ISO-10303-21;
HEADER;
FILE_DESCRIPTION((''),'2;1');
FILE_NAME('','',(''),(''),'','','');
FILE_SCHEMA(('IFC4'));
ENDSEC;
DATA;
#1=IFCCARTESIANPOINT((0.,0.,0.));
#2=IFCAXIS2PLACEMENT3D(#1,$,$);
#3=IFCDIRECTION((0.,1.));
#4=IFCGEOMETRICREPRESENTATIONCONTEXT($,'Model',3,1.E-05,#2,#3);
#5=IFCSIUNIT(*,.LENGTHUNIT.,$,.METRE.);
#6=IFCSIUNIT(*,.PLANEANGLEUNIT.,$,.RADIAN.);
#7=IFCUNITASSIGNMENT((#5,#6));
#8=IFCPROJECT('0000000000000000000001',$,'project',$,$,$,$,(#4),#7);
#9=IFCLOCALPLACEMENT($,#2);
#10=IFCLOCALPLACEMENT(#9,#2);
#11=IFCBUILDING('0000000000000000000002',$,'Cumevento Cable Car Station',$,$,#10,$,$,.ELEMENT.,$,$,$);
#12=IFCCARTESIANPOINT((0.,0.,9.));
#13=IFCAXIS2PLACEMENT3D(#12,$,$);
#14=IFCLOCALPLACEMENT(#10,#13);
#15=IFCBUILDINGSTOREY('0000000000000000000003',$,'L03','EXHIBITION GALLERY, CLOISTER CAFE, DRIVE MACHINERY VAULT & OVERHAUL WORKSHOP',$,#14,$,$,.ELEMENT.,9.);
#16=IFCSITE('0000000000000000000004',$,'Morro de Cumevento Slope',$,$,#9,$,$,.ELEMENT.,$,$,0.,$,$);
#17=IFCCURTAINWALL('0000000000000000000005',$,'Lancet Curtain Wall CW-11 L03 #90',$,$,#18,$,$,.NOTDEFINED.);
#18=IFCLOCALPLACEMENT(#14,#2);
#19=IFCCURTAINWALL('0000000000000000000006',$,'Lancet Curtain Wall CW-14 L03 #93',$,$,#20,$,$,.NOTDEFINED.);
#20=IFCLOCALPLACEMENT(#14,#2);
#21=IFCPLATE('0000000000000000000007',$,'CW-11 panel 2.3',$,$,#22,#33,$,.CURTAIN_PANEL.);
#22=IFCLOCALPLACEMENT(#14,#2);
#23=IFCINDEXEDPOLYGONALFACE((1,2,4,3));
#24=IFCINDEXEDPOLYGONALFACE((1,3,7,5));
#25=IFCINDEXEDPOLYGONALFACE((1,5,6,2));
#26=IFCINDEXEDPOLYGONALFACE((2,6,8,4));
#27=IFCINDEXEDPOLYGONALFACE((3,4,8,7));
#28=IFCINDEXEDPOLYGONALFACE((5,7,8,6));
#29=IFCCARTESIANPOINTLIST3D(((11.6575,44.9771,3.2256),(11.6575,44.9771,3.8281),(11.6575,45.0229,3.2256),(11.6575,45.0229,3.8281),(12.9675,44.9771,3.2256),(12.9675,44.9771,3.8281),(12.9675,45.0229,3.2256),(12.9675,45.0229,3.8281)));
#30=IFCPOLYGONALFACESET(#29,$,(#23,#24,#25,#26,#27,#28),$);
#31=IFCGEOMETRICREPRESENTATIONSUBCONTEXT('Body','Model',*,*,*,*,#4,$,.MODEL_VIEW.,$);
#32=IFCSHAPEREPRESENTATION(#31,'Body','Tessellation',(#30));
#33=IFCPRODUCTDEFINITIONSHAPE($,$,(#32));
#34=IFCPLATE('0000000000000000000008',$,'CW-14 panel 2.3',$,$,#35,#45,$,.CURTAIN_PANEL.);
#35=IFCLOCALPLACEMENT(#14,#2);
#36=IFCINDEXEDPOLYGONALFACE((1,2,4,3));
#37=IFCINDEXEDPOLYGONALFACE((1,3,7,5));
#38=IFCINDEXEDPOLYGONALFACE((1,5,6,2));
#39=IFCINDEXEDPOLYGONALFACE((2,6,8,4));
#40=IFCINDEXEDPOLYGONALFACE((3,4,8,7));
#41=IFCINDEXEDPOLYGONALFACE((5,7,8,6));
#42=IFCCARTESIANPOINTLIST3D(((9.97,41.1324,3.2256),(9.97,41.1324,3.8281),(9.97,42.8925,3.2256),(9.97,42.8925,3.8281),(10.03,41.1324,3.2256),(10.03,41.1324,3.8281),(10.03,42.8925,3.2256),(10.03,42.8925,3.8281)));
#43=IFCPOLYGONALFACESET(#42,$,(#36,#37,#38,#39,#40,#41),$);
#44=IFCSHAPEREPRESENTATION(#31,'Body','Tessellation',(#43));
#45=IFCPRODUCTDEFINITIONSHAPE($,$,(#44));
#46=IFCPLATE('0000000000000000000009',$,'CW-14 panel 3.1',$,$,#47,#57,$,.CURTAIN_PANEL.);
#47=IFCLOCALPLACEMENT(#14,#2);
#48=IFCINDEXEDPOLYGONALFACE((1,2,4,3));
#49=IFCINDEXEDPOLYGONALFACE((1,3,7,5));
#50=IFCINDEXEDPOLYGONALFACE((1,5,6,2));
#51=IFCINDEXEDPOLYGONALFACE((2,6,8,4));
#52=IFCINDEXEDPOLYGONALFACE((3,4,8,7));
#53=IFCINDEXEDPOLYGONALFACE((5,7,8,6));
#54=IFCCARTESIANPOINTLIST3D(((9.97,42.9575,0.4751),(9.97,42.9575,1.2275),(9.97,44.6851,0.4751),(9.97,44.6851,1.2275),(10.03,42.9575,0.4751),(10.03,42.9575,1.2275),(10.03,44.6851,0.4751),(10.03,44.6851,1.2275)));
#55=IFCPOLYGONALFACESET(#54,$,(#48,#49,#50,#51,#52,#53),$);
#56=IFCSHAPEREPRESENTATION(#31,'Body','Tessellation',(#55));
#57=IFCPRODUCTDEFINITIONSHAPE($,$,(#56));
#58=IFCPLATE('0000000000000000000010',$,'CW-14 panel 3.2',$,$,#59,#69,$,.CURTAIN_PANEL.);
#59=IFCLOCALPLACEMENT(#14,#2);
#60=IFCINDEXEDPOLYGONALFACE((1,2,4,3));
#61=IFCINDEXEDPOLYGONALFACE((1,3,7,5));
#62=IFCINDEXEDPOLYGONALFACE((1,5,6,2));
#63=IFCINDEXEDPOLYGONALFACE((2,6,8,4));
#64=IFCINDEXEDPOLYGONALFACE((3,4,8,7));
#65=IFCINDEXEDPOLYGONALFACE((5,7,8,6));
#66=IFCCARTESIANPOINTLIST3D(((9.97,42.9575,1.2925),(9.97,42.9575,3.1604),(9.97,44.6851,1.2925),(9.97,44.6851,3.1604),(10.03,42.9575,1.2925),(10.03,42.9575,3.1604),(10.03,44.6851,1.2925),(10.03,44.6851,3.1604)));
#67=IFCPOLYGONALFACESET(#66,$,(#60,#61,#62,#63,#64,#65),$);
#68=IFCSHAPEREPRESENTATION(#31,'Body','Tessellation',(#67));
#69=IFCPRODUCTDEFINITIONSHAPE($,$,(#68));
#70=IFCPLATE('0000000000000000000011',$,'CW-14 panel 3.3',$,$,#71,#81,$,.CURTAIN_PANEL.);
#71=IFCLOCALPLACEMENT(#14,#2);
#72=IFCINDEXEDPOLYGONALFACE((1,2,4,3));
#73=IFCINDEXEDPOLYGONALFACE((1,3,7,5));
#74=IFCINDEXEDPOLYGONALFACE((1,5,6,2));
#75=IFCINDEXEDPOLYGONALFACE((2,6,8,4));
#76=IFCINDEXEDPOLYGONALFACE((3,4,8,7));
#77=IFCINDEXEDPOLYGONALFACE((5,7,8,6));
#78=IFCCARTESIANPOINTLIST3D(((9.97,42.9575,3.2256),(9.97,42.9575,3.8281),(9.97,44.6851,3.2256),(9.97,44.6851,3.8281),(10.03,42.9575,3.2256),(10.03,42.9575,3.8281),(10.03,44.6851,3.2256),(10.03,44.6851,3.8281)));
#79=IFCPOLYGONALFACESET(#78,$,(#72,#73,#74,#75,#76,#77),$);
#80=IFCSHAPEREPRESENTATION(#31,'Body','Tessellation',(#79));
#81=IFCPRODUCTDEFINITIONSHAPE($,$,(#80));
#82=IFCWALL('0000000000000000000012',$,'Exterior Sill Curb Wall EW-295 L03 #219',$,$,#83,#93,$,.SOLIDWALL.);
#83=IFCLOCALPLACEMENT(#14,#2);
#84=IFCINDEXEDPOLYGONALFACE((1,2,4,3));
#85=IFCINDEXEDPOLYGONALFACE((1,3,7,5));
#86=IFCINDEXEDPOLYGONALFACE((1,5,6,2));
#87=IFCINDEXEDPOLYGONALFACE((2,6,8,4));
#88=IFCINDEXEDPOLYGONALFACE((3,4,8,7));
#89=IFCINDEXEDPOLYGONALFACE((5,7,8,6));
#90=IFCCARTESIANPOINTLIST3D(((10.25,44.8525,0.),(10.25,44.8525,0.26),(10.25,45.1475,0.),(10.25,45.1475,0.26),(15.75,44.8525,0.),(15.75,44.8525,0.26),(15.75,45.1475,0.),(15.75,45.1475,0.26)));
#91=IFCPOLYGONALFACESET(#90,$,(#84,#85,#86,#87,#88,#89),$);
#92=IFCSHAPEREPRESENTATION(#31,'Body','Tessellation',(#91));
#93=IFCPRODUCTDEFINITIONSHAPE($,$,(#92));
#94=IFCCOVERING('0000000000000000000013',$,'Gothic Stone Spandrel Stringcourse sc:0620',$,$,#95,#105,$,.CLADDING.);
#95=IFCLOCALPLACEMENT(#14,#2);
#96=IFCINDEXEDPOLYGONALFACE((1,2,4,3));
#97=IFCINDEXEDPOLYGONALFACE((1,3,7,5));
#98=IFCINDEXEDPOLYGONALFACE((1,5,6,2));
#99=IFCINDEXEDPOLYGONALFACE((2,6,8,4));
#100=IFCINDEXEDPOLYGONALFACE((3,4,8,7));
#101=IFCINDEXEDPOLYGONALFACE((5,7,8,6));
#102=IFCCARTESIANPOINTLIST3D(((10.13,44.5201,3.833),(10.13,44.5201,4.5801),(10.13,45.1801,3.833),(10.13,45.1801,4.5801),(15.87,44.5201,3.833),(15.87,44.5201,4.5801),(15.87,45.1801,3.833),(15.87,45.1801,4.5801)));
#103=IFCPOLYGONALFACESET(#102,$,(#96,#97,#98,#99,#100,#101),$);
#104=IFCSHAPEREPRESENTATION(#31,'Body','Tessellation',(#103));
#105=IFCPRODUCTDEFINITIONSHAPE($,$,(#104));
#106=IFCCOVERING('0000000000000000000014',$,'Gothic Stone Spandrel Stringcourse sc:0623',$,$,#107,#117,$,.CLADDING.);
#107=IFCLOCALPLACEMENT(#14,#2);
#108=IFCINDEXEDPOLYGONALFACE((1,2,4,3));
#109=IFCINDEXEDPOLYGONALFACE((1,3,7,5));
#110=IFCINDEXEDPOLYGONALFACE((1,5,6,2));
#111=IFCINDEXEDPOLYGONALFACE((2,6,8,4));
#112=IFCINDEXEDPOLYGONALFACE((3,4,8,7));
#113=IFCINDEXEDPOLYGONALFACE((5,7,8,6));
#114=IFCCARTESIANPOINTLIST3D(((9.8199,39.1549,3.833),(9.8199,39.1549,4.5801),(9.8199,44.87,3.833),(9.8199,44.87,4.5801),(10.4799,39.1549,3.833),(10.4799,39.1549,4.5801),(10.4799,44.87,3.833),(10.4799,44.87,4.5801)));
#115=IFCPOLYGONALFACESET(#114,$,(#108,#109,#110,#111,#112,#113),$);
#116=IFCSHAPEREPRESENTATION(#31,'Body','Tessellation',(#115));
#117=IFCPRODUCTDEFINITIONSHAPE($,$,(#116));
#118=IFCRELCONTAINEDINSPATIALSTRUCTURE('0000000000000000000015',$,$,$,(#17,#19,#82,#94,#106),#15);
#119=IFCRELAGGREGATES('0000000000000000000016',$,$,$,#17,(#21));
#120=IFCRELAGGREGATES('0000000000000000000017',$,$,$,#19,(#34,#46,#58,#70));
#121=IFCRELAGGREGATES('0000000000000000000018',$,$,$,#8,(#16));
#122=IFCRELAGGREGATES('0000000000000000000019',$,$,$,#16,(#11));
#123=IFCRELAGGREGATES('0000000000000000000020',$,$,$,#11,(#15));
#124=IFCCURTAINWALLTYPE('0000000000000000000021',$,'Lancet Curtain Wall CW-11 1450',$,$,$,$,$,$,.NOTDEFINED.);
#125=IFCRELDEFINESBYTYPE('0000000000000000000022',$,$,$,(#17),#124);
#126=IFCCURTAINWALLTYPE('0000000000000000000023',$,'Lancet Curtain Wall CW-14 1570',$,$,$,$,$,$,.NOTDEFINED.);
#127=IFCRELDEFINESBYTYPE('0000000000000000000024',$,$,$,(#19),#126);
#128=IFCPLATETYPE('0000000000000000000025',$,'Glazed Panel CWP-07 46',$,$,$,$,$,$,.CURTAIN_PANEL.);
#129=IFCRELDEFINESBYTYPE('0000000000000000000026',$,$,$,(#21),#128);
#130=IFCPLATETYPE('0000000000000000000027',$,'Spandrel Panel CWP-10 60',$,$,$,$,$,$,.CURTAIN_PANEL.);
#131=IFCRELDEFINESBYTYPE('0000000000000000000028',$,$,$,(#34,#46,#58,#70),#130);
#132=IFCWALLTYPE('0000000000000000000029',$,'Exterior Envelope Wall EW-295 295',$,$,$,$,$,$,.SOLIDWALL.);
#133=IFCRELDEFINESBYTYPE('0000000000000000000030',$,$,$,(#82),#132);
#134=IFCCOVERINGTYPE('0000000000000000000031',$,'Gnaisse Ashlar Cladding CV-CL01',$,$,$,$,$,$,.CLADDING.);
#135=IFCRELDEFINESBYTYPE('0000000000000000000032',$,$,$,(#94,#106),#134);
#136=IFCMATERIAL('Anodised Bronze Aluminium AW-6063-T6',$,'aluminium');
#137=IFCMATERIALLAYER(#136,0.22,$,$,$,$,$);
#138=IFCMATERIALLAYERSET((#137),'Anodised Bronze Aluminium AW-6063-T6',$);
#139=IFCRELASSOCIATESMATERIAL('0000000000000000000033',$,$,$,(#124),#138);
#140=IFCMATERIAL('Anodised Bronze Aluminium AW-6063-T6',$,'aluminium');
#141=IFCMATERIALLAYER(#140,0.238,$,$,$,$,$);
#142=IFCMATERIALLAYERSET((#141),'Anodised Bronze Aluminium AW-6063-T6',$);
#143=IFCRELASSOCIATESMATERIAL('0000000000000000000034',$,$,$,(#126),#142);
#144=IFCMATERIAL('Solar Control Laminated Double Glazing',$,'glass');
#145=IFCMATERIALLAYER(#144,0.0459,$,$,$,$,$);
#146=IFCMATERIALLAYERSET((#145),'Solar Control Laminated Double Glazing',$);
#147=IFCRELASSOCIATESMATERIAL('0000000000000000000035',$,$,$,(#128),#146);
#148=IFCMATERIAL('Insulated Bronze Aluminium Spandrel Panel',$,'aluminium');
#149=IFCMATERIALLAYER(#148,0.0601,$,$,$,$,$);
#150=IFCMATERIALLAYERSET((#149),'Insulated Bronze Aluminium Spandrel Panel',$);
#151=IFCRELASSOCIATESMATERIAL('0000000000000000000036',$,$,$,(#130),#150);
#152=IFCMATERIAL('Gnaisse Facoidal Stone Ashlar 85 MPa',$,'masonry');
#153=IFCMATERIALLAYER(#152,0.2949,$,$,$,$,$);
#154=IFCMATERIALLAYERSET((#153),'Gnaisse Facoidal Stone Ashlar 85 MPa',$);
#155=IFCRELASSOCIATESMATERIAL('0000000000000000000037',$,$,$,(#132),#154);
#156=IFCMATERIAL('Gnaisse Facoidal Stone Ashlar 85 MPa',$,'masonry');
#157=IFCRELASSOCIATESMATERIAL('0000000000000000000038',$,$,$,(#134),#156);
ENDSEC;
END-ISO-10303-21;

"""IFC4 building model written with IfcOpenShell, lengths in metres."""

from ifc_helpers import new_model, si_unit, direction, frame, frame_2d, origin, origin_2d, place, context, subcontext, project, spatial, rectangle, extrude, material, layer, layer_set, type_object, element, aggregate, save


model = new_model("IFC4")

# Units and contexts
model_context = context("Model", 3, precision=1e-05, world=origin(), true_north=direction((0.0, 1.0)))
body_context = subcontext(model_context, "Body", "Model", "MODEL_VIEW")
ifc_project = project(units=[si_unit("LENGTHUNIT", "METRE"), si_unit("PLANEANGLEUNIT", "RADIAN")], contexts=[model_context])

# Site, building, storey
site_placement = place(None, origin())
site = spatial("IfcSite", under=ifc_project, at=site_placement, Name="Morro de Cumevento Slope", CompositionType="ELEMENT", RefElevation=0.0)
building_placement = place(site_placement, origin())
building = spatial("IfcBuilding", under=site, at=building_placement, Name="Cumevento Cable Car Station", CompositionType="ELEMENT")
storey_placement = place(building_placement, frame((0.0, 0.0, 9.0)))
storey = spatial("IfcBuildingStorey", under=building, at=storey_placement, Name="L03", Description="EXHIBITION GALLERY, CLOISTER CAFE, DRIVE MACHINERY VAULT & OVERHAUL WORKSHOP", CompositionType="ELEMENT", Elevation=9.0)

# Curtain walls
ifc_material_1 = material(Name="Anodised Bronze Aluminium AW-6063-T6", Category="aluminium")
ifc_layer_1 = layer(ifc_material_1, 0.22)
ifc_layer_set_1 = layer_set([ifc_layer_1], Name="Anodised Bronze Aluminium AW-6063-T6")
curtain_wall_type_1 = type_object("IfcCurtainWallType", Name="Lancet Curtain Wall CW-11 1450", PredefinedType="NOTDEFINED", material=ifc_layer_set_1)
curtain_wall_1_placement = place(storey_placement, origin())
curtain_wall_1 = element("IfcCurtainWall", 1, at=curtain_wall_1_placement, inside=storey, type_object=curtain_wall_type_1, Name="Lancet Curtain Wall CW-11 L03 #90", PredefinedType="NOTDEFINED")
ifc_material_2 = material(Name="Anodised Bronze Aluminium AW-6063-T6", Category="aluminium")
ifc_layer_2 = layer(ifc_material_2, 0.238)
ifc_layer_set_2 = layer_set([ifc_layer_2], Name="Anodised Bronze Aluminium AW-6063-T6")
curtain_wall_type_2 = type_object("IfcCurtainWallType", Name="Lancet Curtain Wall CW-14 1570", PredefinedType="NOTDEFINED", material=ifc_layer_set_2)
curtain_wall_2_placement = place(storey_placement, origin())
curtain_wall_2 = element("IfcCurtainWall", 2, at=curtain_wall_2_placement, inside=storey, type_object=curtain_wall_type_2, Name="Lancet Curtain Wall CW-14 L03 #93", PredefinedType="NOTDEFINED")

# Plates
ifc_material_3 = material(Name="Solar Control Laminated Double Glazing", Category="glass")
ifc_layer_3 = layer(ifc_material_3, 0.0459)
ifc_layer_set_3 = layer_set([ifc_layer_3], Name="Solar Control Laminated Double Glazing")
plate_type_1 = type_object("IfcPlateType", Name="Glazed Panel CWP-07 46", PredefinedType="CURTAIN_PANEL", material=ifc_layer_set_3)
plate_1_placement = place(storey_placement, frame((12.3125, 45.0, 3.2256), z_axis=(0.0, 0.0, 1.0), x_axis=(1.0, 0.0, 0.0)))
plate_1 = element("IfcPlate", 3, at=plate_1_placement, type_object=plate_type_1, Name="CW-11 panel 2.3", PredefinedType="CURTAIN_PANEL", context=body_context, shape_type="SweptSolid", body=[
    extrude(rectangle(XDim=1.3101, YDim=0.0459, at=origin_2d()), origin(), (0.0, 0.0, 1.0), 0.6025),
])
aggregate(curtain_wall_1, [plate_1])
ifc_material_4 = material(Name="Insulated Bronze Aluminium Spandrel Panel", Category="aluminium")
ifc_layer_4 = layer(ifc_material_4, 0.0601)
ifc_layer_set_4 = layer_set([ifc_layer_4], Name="Insulated Bronze Aluminium Spandrel Panel")
plate_type_2 = type_object("IfcPlateType", Name="Spandrel Panel CWP-10 60", PredefinedType="CURTAIN_PANEL", material=ifc_layer_set_4)
plate_2_placement = place(storey_placement, frame((10.0, 42.0125, 3.2256), z_axis=(0.0, 0.0, 1.0), x_axis=(0.0, 1.0, 0.0)))
plate_2 = element("IfcPlate", 4, at=plate_2_placement, type_object=plate_type_2, Name="CW-14 panel 2.3", PredefinedType="CURTAIN_PANEL", context=body_context, shape_type="SweptSolid", body=[
    extrude(rectangle(XDim=1.76, YDim=0.0601, at=origin_2d()), origin(), (0.0, 0.0, 1.0), 0.6025),
])
plate_3_placement = place(storey_placement, frame((10.0, 43.8213, 0.4751), z_axis=(0.0, 0.0, 1.0), x_axis=(0.0, 1.0, 0.0)))
plate_3 = element("IfcPlate", 5, at=plate_3_placement, type_object=plate_type_2, Name="CW-14 panel 3.1", PredefinedType="CURTAIN_PANEL", context=body_context, shape_type="SweptSolid", body=[
    extrude(rectangle(XDim=1.7275, YDim=0.0601, at=origin_2d()), origin(), (0.0, 0.0, 1.0), 0.7524),
])
plate_4_placement = place(storey_placement, frame((10.0, 43.8213, 1.2925), z_axis=(0.0, 0.0, 1.0), x_axis=(0.0, 1.0, 0.0)))
plate_4 = element("IfcPlate", 6, at=plate_4_placement, type_object=plate_type_2, Name="CW-14 panel 3.2", PredefinedType="CURTAIN_PANEL", context=body_context, shape_type="SweptSolid", body=[
    extrude(rectangle(XDim=1.7275, YDim=0.0601, at=origin_2d()), origin(), (0.0, 0.0, 1.0), 1.8679),
])
plate_5_placement = place(storey_placement, frame((10.0, 43.8213, 3.2256), z_axis=(0.0, 0.0, 1.0), x_axis=(0.0, 1.0, 0.0)))
plate_5 = element("IfcPlate", 7, at=plate_5_placement, type_object=plate_type_2, Name="CW-14 panel 3.3", PredefinedType="CURTAIN_PANEL", context=body_context, shape_type="SweptSolid", body=[
    extrude(rectangle(XDim=1.7275, YDim=0.0601, at=origin_2d()), origin(), (0.0, 0.0, 1.0), 0.6025),
])
aggregate(curtain_wall_2, [plate_2, plate_3, plate_4, plate_5])

# Wall
ifc_material_5 = material(Name="Gnaisse Facoidal Stone Ashlar 85 MPa", Category="masonry")
ifc_layer_5 = layer(ifc_material_5, 0.2949)
ifc_layer_set_5 = layer_set([ifc_layer_5], Name="Gnaisse Facoidal Stone Ashlar 85 MPa")
wall_type = type_object("IfcWallType", Name="Exterior Envelope Wall EW-295 295", PredefinedType="SOLIDWALL", material=ifc_layer_set_5)
wall_placement = place(storey_placement, frame((10.25, 45.0, 0.0), z_axis=(0.0, 0.0, 1.0), x_axis=(1.0, 0.0, 0.0)))
element("IfcWall", 8, at=wall_placement, inside=storey, type_object=wall_type, Name="Exterior Sill Curb Wall EW-295 L03 #219", PredefinedType="SOLIDWALL", context=body_context, shape_type="SweptSolid", body=[
    extrude(rectangle(XDim=5.5, YDim=0.2949, at=frame_2d((2.75, 0.0))), origin(), (0.0, 0.0, 1.0), 0.26),
])

# Coverings
ifc_material_6 = material(Name="Gnaisse Facoidal Stone Ashlar 85 MPa", Category="masonry")
covering_type = type_object("IfcCoveringType", Name="Gnaisse Ashlar Cladding CV-CL01", PredefinedType="CLADDING", material=ifc_material_6)
covering_1_placement = place(storey_placement, frame((13.0, 44.8501, 3.833), z_axis=(0.0, 0.0, 1.0), x_axis=(1.0, 0.0, 0.0)))
element("IfcCovering", 9, at=covering_1_placement, inside=storey, type_object=covering_type, Name="Gothic Stone Spandrel Stringcourse sc:0620", PredefinedType="CLADDING", context=body_context, shape_type="SweptSolid", body=[
    extrude(rectangle(XDim=5.74, YDim=0.6599, at=origin_2d()), origin(), (0.0, 0.0, 1.0), 0.7471),
])
covering_2_placement = place(storey_placement, frame((10.1499, 42.0125, 3.833), z_axis=(0.0, 0.0, 1.0), x_axis=(0.0, 1.0, 0.0)))
element("IfcCovering", 10, at=covering_2_placement, inside=storey, type_object=covering_type, Name="Gothic Stone Spandrel Stringcourse sc:0623", PredefinedType="CLADDING", context=body_context, shape_type="SweptSolid", body=[
    extrude(rectangle(XDim=5.7151, YDim=0.6599, at=origin_2d()), origin(), (0.0, 0.0, 1.0), 0.7471),
])

save(model, "model.ifc")
